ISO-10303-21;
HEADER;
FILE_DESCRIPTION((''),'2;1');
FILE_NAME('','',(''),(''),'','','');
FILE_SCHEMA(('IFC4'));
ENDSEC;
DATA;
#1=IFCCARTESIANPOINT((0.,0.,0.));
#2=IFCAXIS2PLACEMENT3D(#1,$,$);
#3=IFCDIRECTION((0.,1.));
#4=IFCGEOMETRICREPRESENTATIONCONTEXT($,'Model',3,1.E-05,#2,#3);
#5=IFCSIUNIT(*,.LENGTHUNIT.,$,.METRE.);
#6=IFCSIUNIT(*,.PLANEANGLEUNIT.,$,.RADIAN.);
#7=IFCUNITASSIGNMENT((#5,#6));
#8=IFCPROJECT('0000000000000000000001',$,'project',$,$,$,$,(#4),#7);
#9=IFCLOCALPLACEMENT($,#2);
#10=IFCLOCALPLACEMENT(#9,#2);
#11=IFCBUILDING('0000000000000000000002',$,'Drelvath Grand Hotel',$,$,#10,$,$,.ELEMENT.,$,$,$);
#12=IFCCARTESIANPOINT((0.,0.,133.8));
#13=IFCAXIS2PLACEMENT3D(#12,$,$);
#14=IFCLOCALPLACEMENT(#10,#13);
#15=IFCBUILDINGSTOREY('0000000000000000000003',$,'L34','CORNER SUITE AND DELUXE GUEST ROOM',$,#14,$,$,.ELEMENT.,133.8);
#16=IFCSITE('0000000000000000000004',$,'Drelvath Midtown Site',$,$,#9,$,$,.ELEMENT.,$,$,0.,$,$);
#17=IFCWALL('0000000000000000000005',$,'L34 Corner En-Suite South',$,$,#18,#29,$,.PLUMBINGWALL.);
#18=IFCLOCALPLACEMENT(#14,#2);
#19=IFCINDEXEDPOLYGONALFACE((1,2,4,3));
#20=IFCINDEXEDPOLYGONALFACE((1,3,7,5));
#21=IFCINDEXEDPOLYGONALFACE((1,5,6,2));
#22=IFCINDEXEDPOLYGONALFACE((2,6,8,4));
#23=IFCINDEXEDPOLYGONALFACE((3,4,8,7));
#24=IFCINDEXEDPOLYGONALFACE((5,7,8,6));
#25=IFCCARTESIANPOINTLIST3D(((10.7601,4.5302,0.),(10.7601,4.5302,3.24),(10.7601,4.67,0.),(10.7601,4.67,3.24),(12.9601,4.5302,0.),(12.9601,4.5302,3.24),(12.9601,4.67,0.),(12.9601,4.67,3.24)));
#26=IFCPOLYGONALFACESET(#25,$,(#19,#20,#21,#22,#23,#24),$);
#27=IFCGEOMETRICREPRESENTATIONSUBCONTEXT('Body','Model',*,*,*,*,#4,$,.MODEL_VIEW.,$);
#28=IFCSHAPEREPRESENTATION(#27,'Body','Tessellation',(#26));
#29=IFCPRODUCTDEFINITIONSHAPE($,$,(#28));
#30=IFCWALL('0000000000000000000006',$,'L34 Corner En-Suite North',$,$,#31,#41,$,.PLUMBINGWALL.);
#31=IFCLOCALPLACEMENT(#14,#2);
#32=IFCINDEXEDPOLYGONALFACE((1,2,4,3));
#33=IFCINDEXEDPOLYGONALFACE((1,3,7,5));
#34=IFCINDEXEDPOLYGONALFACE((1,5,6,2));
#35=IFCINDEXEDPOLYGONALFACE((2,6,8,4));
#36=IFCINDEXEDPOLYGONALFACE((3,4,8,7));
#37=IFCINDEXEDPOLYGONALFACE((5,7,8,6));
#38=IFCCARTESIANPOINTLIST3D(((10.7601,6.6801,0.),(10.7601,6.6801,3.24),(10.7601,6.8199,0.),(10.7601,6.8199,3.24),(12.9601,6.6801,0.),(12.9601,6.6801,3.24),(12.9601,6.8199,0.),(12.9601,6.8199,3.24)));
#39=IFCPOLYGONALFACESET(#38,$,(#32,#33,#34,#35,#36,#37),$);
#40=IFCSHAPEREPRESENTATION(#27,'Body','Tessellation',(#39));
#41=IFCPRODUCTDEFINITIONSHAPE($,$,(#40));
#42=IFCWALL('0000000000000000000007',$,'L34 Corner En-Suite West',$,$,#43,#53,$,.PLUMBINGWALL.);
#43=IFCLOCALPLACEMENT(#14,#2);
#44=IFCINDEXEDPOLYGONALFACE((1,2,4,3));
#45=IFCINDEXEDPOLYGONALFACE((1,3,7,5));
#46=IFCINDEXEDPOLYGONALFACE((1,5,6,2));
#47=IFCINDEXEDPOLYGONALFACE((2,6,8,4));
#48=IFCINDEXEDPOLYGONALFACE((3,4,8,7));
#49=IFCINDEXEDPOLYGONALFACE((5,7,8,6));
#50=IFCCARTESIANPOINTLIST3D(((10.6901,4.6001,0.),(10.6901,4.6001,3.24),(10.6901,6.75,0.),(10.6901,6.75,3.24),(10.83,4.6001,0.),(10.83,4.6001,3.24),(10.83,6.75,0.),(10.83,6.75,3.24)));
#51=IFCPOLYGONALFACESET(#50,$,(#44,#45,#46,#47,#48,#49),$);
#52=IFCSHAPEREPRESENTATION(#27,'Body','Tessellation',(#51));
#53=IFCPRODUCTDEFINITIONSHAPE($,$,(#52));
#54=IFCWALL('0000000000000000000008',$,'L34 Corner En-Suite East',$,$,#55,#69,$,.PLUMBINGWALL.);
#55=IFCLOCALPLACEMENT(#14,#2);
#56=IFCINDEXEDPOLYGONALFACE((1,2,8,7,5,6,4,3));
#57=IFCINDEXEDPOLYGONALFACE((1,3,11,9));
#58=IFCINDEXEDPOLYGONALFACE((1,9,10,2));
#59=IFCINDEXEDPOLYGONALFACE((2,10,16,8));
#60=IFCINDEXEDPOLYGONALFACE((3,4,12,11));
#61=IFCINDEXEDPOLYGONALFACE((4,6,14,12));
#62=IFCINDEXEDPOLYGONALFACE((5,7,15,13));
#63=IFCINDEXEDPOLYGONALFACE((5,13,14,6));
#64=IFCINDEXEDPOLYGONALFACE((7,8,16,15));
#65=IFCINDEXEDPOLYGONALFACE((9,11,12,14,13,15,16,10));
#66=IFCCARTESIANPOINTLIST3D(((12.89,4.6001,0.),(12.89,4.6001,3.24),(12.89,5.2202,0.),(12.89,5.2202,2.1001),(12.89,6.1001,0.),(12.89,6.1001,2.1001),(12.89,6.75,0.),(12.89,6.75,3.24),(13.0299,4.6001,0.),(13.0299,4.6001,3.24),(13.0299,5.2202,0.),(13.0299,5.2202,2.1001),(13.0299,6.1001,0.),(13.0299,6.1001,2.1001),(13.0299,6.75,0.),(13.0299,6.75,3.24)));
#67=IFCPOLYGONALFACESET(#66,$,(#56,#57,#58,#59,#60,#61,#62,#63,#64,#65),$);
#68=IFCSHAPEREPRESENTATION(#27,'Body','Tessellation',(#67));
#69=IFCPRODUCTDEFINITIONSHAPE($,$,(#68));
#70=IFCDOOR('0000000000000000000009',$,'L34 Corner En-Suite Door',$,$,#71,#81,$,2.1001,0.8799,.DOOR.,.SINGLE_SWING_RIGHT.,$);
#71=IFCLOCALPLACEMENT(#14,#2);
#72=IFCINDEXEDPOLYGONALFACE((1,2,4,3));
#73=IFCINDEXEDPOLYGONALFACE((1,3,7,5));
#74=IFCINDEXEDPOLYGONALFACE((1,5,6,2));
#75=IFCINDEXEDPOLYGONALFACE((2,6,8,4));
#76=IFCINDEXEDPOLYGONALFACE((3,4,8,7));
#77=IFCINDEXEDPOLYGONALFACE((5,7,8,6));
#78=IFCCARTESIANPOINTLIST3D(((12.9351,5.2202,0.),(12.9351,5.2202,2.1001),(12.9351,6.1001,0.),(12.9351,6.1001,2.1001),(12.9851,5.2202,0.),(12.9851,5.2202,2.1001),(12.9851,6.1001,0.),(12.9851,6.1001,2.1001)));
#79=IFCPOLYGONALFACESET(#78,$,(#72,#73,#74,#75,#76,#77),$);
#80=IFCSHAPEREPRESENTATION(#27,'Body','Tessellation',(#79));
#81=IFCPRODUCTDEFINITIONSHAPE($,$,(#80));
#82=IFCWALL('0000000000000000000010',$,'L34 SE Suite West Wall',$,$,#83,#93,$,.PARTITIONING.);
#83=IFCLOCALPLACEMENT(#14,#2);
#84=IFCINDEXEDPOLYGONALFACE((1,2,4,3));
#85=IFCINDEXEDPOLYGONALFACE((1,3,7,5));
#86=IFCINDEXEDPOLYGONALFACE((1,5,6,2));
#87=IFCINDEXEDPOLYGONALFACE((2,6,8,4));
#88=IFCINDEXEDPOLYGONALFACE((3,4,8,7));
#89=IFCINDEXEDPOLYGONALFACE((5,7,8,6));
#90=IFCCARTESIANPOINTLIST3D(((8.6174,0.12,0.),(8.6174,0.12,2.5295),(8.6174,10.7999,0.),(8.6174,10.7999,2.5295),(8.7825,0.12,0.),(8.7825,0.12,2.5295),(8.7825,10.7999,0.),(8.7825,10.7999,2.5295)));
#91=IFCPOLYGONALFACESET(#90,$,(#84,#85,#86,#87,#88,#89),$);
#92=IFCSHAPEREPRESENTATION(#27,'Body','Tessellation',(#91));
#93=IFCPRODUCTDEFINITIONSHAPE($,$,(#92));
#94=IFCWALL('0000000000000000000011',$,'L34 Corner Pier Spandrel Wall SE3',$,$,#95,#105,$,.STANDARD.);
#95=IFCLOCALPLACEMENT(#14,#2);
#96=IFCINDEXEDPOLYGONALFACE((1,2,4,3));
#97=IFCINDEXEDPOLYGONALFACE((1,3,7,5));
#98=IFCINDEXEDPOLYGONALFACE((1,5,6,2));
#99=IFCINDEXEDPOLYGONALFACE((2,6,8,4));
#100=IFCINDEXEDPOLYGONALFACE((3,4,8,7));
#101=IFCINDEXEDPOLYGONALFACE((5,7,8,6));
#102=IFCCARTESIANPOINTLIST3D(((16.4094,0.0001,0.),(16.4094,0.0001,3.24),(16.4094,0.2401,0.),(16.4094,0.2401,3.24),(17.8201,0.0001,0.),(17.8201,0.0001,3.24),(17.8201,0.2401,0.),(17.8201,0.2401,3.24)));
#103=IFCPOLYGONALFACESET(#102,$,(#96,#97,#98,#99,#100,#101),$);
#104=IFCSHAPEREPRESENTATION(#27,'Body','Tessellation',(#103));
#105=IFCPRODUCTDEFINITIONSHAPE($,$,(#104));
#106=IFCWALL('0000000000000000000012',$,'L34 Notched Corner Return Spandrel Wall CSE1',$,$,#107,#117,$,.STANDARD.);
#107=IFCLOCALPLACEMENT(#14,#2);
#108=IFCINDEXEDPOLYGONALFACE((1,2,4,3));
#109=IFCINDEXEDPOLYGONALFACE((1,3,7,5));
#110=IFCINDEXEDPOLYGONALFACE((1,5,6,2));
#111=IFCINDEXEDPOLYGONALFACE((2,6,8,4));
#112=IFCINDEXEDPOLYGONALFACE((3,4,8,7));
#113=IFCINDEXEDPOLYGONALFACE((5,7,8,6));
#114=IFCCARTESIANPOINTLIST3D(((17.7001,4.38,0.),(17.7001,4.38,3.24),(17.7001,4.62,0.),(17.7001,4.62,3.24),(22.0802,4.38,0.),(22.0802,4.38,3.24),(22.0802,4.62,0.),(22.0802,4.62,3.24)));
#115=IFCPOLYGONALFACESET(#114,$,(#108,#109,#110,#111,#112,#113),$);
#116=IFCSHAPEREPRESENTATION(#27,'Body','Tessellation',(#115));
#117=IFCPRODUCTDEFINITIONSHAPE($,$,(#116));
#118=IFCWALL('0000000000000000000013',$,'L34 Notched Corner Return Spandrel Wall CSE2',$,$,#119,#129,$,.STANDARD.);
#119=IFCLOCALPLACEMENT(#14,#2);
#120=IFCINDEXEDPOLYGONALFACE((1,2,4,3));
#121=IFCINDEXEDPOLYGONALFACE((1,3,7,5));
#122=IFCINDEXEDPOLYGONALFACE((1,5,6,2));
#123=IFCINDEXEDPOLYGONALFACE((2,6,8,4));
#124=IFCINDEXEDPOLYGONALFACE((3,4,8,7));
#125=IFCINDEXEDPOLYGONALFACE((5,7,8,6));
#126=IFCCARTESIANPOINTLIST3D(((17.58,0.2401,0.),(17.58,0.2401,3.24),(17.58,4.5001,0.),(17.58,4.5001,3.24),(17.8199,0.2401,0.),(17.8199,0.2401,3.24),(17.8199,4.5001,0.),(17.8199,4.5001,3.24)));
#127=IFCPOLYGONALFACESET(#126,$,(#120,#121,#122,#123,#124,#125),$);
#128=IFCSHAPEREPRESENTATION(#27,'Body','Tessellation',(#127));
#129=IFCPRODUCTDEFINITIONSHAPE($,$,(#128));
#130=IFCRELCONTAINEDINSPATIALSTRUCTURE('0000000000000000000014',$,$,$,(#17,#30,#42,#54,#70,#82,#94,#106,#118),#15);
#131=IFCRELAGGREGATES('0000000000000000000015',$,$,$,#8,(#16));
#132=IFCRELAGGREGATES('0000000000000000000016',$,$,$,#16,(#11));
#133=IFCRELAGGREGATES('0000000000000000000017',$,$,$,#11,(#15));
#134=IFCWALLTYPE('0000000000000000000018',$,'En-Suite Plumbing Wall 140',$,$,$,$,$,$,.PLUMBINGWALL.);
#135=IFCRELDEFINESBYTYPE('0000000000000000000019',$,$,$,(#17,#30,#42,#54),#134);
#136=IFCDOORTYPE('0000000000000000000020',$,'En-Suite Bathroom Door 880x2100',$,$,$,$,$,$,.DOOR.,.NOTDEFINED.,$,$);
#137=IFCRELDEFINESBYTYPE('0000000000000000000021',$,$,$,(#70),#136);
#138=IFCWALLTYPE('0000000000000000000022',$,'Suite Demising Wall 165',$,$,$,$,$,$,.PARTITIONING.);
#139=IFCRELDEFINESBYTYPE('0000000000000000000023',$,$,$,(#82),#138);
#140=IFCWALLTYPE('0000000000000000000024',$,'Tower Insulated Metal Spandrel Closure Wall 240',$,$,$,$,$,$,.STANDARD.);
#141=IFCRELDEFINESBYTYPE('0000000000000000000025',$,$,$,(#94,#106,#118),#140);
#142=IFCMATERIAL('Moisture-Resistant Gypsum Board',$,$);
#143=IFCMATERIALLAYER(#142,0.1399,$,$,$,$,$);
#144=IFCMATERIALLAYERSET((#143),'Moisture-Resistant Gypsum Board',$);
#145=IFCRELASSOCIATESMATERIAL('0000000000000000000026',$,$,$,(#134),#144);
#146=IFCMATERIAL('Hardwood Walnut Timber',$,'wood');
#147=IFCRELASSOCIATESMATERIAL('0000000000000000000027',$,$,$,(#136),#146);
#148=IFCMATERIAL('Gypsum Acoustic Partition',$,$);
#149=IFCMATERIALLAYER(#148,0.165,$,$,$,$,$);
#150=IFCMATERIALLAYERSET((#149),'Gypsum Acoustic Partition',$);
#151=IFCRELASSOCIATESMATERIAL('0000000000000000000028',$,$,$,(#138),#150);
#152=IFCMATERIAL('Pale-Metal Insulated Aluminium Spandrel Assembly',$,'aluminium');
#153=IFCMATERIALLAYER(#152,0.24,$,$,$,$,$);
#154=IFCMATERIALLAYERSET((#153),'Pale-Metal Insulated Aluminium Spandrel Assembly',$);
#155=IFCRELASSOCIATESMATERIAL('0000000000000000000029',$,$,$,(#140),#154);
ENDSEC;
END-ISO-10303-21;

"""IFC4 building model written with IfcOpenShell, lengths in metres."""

from ifc_helpers import new_model, si_unit, direction, frame, frame_2d, origin, place, context, subcontext, project, spatial, rectangle, extrude, material, layer, layer_set, type_object, element, fill, save


model = new_model("IFC4")

# Units and contexts
model_context = context("Model", 3, precision=1e-05, world=origin(), true_north=direction((0.0, 1.0)))
body_context = subcontext(model_context, "Body", "Model", "MODEL_VIEW")
ifc_project = project(units=[si_unit("LENGTHUNIT", "METRE"), si_unit("PLANEANGLEUNIT", "RADIAN")], contexts=[model_context])

# Site, building, storey
site_placement = place(None, origin())
site = spatial("IfcSite", under=ifc_project, at=site_placement, Name="Drelvath Midtown Site", CompositionType="ELEMENT", RefElevation=0.0)
building_placement = place(site_placement, origin())
building = spatial("IfcBuilding", under=site, at=building_placement, Name="Drelvath Grand Hotel", CompositionType="ELEMENT")
storey_placement = place(building_placement, frame((0.0, 0.0, 133.8)))
storey = spatial("IfcBuildingStorey", under=building, at=storey_placement, Name="L34", Description="CORNER SUITE AND DELUXE GUEST ROOM", CompositionType="ELEMENT", Elevation=133.8)

# Walls
ifc_material_1 = material(Name="Moisture-Resistant Gypsum Board")
ifc_layer_1 = layer(ifc_material_1, 0.1399)
ifc_layer_set_1 = layer_set([ifc_layer_1], Name="Moisture-Resistant Gypsum Board")
wall_type_1 = type_object("IfcWallType", Name="En-Suite Plumbing Wall 140", PredefinedType="PLUMBINGWALL", material=ifc_layer_set_1)
for number, where, z_axis, x_axis, name in (
    (1, (10.76, 4.6001, 0.0), (0.0, 0.0, 1.0), (1.0, 0.0, 0.0), "L34 Corner En-Suite South"),
    (2, (10.76, 6.75, 0.0), (0.0, 0.0, 1.0), (1.0, 0.0, 0.0), "L34 Corner En-Suite North"),
):
    element("IfcWall", number, at=place(storey_placement, frame(where, z_axis=z_axis, x_axis=x_axis)), inside=storey, type_object=wall_type_1, Name=name, PredefinedType="PLUMBINGWALL", context=body_context, shape_type="SweptSolid", body=[
        extrude(rectangle(XDim=2.2, YDim=0.1399, at=frame_2d((1.1001, 0.0))), origin(), (0.0, 0.0, 1.0), 3.24),
    ])
wall_1_placement = place(storey_placement, frame((10.76, 4.6001, 0.0), z_axis=(0.0, 0.0, 1.0), x_axis=(0.0, 1.0, 0.0)))
element("IfcWall", 3, at=wall_1_placement, inside=storey, type_object=wall_type_1, Name="L34 Corner En-Suite West", PredefinedType="PLUMBINGWALL", context=body_context, shape_type="SweptSolid", body=[
    extrude(rectangle(XDim=2.1499, YDim=0.1399, at=frame_2d((1.075, 0.0))), origin(), (0.0, 0.0, 1.0), 3.24),
])

# Wall, opening, door
wall_2_placement = place(storey_placement, frame((12.96, 4.6001, 0.0), z_axis=(0.0, 0.0, 1.0), x_axis=(0.0, 1.0, 0.0)))
wall_2 = element("IfcWall", 4, at=wall_2_placement, inside=storey, type_object=wall_type_1, Name="L34 Corner En-Suite East", PredefinedType="PLUMBINGWALL", context=body_context, shape_type="SweptSolid", body=[
    extrude(rectangle(XDim=2.1499, YDim=0.1399, at=frame_2d((1.075, 0.0))), origin(), (0.0, 0.0, 1.0), 3.24),
])
opening_placement = place(wall_2_placement, frame((0.6201, 0.0, 0.0)))
opening = element("IfcOpeningElement", 5, at=opening_placement, cuts=wall_2, PredefinedType="OPENING", context=body_context, shape_type="SweptSolid", body=[
    extrude(rectangle(XDim=0.8799, YDim=2.1001, at=frame_2d((0.4399, 1.05))), frame((0.0, 0.0798, 0.0), z_axis=(0.0, -1.0, 0.0), x_axis=(1.0, 0.0, 0.0)), (0.0, 0.0, 1.0), 0.1599),
])
ifc_material_2 = material(Name="Hardwood Walnut Timber", Category="wood")
door_type = type_object("IfcDoorType", Name="En-Suite Bathroom Door 880x2100", OperationType="NOTDEFINED", PredefinedType="DOOR", material=ifc_material_2)
door_placement = place(opening_placement, origin())
door = element("IfcDoor", 6, at=door_placement, inside=storey, type_object=door_type, Name="L34 Corner En-Suite Door", OperationType="SINGLE_SWING_RIGHT", OverallHeight=2.1001, OverallWidth=0.8799, PredefinedType="DOOR", context=body_context, shape_type="SweptSolid", body=[
    extrude(rectangle(XDim=0.8799, YDim=2.1001, at=frame_2d((0.4399, 1.05))), frame((0.0, 0.0249, 0.0), z_axis=(0.0, -1.0, 0.0), x_axis=(1.0, 0.0, 0.0)), (0.0, 0.0, 1.0), 0.05),
])
fill(opening, door)

# Walls
ifc_material_3 = material(Name="Gypsum Acoustic Partition")
ifc_layer_2 = layer(ifc_material_3, 0.165)
ifc_layer_set_2 = layer_set([ifc_layer_2], Name="Gypsum Acoustic Partition")
wall_type_2 = type_object("IfcWallType", Name="Suite Demising Wall 165", PredefinedType="PARTITIONING", material=ifc_layer_set_2)
wall_3_placement = place(storey_placement, frame((8.7, 0.1201, 0.0), z_axis=(0.0, 0.0, 1.0), x_axis=(0.0, 1.0, 0.0)))
element("IfcWall", 7, at=wall_3_placement, inside=storey, type_object=wall_type_2, Name="L34 SE Suite West Wall", PredefinedType="PARTITIONING", context=body_context, shape_type="SweptSolid", body=[
    extrude(rectangle(XDim=10.6799, YDim=0.165, at=frame_2d((5.3398, 0.0))), origin(), (0.0, 0.0, 1.0), 2.5295),
])
ifc_material_4 = material(Name="Pale-Metal Insulated Aluminium Spandrel Assembly", Category="aluminium")
ifc_layer_3 = layer(ifc_material_4, 0.24)
ifc_layer_set_3 = layer_set([ifc_layer_3], Name="Pale-Metal Insulated Aluminium Spandrel Assembly")
wall_type_3 = type_object("IfcWallType", Name="Tower Insulated Metal Spandrel Closure Wall 240", PredefinedType="STANDARD", material=ifc_layer_set_3)
wall_4_placement = place(storey_placement, frame((17.8201, 0.1201, 0.0), z_axis=(0.0, 0.0, 1.0), x_axis=(-1.0, 0.0, 0.0)))
element("IfcWall", 8, at=wall_4_placement, inside=storey, type_object=wall_type_3, Name="L34 Corner Pier Spandrel Wall SE3", PredefinedType="STANDARD", context=body_context, shape_type="SweptSolid", body=[
    extrude(rectangle(XDim=1.4106, YDim=0.24, at=frame_2d((0.7053, 0.0))), origin(), (0.0, 0.0, 1.0), 3.24),
])
wall_5_placement = place(storey_placement, frame((22.0801, 4.5, 0.0), z_axis=(0.0, 0.0, 1.0), x_axis=(-1.0, 0.0, 0.0)))
element("IfcWall", 9, at=wall_5_placement, inside=storey, type_object=wall_type_3, Name="L34 Notched Corner Return Spandrel Wall CSE1", PredefinedType="STANDARD", context=body_context, shape_type="SweptSolid", body=[
    extrude(rectangle(XDim=4.3801, YDim=0.24, at=frame_2d((2.1899, 0.0))), origin(), (0.0, 0.0, 1.0), 3.24),
])
wall_6_placement = place(storey_placement, frame((17.7, 4.5, 0.0), z_axis=(0.0, 0.0, 1.0), x_axis=(0.0, -1.0, 0.0)))
element("IfcWall", 10, at=wall_6_placement, inside=storey, type_object=wall_type_3, Name="L34 Notched Corner Return Spandrel Wall CSE2", PredefinedType="STANDARD", context=body_context, shape_type="SweptSolid", body=[
    extrude(rectangle(XDim=4.26, YDim=0.24, at=frame_2d((2.1299, 0.0))), origin(), (0.0, 0.0, 1.0), 3.24),
])

save(model, "model.ifc")
